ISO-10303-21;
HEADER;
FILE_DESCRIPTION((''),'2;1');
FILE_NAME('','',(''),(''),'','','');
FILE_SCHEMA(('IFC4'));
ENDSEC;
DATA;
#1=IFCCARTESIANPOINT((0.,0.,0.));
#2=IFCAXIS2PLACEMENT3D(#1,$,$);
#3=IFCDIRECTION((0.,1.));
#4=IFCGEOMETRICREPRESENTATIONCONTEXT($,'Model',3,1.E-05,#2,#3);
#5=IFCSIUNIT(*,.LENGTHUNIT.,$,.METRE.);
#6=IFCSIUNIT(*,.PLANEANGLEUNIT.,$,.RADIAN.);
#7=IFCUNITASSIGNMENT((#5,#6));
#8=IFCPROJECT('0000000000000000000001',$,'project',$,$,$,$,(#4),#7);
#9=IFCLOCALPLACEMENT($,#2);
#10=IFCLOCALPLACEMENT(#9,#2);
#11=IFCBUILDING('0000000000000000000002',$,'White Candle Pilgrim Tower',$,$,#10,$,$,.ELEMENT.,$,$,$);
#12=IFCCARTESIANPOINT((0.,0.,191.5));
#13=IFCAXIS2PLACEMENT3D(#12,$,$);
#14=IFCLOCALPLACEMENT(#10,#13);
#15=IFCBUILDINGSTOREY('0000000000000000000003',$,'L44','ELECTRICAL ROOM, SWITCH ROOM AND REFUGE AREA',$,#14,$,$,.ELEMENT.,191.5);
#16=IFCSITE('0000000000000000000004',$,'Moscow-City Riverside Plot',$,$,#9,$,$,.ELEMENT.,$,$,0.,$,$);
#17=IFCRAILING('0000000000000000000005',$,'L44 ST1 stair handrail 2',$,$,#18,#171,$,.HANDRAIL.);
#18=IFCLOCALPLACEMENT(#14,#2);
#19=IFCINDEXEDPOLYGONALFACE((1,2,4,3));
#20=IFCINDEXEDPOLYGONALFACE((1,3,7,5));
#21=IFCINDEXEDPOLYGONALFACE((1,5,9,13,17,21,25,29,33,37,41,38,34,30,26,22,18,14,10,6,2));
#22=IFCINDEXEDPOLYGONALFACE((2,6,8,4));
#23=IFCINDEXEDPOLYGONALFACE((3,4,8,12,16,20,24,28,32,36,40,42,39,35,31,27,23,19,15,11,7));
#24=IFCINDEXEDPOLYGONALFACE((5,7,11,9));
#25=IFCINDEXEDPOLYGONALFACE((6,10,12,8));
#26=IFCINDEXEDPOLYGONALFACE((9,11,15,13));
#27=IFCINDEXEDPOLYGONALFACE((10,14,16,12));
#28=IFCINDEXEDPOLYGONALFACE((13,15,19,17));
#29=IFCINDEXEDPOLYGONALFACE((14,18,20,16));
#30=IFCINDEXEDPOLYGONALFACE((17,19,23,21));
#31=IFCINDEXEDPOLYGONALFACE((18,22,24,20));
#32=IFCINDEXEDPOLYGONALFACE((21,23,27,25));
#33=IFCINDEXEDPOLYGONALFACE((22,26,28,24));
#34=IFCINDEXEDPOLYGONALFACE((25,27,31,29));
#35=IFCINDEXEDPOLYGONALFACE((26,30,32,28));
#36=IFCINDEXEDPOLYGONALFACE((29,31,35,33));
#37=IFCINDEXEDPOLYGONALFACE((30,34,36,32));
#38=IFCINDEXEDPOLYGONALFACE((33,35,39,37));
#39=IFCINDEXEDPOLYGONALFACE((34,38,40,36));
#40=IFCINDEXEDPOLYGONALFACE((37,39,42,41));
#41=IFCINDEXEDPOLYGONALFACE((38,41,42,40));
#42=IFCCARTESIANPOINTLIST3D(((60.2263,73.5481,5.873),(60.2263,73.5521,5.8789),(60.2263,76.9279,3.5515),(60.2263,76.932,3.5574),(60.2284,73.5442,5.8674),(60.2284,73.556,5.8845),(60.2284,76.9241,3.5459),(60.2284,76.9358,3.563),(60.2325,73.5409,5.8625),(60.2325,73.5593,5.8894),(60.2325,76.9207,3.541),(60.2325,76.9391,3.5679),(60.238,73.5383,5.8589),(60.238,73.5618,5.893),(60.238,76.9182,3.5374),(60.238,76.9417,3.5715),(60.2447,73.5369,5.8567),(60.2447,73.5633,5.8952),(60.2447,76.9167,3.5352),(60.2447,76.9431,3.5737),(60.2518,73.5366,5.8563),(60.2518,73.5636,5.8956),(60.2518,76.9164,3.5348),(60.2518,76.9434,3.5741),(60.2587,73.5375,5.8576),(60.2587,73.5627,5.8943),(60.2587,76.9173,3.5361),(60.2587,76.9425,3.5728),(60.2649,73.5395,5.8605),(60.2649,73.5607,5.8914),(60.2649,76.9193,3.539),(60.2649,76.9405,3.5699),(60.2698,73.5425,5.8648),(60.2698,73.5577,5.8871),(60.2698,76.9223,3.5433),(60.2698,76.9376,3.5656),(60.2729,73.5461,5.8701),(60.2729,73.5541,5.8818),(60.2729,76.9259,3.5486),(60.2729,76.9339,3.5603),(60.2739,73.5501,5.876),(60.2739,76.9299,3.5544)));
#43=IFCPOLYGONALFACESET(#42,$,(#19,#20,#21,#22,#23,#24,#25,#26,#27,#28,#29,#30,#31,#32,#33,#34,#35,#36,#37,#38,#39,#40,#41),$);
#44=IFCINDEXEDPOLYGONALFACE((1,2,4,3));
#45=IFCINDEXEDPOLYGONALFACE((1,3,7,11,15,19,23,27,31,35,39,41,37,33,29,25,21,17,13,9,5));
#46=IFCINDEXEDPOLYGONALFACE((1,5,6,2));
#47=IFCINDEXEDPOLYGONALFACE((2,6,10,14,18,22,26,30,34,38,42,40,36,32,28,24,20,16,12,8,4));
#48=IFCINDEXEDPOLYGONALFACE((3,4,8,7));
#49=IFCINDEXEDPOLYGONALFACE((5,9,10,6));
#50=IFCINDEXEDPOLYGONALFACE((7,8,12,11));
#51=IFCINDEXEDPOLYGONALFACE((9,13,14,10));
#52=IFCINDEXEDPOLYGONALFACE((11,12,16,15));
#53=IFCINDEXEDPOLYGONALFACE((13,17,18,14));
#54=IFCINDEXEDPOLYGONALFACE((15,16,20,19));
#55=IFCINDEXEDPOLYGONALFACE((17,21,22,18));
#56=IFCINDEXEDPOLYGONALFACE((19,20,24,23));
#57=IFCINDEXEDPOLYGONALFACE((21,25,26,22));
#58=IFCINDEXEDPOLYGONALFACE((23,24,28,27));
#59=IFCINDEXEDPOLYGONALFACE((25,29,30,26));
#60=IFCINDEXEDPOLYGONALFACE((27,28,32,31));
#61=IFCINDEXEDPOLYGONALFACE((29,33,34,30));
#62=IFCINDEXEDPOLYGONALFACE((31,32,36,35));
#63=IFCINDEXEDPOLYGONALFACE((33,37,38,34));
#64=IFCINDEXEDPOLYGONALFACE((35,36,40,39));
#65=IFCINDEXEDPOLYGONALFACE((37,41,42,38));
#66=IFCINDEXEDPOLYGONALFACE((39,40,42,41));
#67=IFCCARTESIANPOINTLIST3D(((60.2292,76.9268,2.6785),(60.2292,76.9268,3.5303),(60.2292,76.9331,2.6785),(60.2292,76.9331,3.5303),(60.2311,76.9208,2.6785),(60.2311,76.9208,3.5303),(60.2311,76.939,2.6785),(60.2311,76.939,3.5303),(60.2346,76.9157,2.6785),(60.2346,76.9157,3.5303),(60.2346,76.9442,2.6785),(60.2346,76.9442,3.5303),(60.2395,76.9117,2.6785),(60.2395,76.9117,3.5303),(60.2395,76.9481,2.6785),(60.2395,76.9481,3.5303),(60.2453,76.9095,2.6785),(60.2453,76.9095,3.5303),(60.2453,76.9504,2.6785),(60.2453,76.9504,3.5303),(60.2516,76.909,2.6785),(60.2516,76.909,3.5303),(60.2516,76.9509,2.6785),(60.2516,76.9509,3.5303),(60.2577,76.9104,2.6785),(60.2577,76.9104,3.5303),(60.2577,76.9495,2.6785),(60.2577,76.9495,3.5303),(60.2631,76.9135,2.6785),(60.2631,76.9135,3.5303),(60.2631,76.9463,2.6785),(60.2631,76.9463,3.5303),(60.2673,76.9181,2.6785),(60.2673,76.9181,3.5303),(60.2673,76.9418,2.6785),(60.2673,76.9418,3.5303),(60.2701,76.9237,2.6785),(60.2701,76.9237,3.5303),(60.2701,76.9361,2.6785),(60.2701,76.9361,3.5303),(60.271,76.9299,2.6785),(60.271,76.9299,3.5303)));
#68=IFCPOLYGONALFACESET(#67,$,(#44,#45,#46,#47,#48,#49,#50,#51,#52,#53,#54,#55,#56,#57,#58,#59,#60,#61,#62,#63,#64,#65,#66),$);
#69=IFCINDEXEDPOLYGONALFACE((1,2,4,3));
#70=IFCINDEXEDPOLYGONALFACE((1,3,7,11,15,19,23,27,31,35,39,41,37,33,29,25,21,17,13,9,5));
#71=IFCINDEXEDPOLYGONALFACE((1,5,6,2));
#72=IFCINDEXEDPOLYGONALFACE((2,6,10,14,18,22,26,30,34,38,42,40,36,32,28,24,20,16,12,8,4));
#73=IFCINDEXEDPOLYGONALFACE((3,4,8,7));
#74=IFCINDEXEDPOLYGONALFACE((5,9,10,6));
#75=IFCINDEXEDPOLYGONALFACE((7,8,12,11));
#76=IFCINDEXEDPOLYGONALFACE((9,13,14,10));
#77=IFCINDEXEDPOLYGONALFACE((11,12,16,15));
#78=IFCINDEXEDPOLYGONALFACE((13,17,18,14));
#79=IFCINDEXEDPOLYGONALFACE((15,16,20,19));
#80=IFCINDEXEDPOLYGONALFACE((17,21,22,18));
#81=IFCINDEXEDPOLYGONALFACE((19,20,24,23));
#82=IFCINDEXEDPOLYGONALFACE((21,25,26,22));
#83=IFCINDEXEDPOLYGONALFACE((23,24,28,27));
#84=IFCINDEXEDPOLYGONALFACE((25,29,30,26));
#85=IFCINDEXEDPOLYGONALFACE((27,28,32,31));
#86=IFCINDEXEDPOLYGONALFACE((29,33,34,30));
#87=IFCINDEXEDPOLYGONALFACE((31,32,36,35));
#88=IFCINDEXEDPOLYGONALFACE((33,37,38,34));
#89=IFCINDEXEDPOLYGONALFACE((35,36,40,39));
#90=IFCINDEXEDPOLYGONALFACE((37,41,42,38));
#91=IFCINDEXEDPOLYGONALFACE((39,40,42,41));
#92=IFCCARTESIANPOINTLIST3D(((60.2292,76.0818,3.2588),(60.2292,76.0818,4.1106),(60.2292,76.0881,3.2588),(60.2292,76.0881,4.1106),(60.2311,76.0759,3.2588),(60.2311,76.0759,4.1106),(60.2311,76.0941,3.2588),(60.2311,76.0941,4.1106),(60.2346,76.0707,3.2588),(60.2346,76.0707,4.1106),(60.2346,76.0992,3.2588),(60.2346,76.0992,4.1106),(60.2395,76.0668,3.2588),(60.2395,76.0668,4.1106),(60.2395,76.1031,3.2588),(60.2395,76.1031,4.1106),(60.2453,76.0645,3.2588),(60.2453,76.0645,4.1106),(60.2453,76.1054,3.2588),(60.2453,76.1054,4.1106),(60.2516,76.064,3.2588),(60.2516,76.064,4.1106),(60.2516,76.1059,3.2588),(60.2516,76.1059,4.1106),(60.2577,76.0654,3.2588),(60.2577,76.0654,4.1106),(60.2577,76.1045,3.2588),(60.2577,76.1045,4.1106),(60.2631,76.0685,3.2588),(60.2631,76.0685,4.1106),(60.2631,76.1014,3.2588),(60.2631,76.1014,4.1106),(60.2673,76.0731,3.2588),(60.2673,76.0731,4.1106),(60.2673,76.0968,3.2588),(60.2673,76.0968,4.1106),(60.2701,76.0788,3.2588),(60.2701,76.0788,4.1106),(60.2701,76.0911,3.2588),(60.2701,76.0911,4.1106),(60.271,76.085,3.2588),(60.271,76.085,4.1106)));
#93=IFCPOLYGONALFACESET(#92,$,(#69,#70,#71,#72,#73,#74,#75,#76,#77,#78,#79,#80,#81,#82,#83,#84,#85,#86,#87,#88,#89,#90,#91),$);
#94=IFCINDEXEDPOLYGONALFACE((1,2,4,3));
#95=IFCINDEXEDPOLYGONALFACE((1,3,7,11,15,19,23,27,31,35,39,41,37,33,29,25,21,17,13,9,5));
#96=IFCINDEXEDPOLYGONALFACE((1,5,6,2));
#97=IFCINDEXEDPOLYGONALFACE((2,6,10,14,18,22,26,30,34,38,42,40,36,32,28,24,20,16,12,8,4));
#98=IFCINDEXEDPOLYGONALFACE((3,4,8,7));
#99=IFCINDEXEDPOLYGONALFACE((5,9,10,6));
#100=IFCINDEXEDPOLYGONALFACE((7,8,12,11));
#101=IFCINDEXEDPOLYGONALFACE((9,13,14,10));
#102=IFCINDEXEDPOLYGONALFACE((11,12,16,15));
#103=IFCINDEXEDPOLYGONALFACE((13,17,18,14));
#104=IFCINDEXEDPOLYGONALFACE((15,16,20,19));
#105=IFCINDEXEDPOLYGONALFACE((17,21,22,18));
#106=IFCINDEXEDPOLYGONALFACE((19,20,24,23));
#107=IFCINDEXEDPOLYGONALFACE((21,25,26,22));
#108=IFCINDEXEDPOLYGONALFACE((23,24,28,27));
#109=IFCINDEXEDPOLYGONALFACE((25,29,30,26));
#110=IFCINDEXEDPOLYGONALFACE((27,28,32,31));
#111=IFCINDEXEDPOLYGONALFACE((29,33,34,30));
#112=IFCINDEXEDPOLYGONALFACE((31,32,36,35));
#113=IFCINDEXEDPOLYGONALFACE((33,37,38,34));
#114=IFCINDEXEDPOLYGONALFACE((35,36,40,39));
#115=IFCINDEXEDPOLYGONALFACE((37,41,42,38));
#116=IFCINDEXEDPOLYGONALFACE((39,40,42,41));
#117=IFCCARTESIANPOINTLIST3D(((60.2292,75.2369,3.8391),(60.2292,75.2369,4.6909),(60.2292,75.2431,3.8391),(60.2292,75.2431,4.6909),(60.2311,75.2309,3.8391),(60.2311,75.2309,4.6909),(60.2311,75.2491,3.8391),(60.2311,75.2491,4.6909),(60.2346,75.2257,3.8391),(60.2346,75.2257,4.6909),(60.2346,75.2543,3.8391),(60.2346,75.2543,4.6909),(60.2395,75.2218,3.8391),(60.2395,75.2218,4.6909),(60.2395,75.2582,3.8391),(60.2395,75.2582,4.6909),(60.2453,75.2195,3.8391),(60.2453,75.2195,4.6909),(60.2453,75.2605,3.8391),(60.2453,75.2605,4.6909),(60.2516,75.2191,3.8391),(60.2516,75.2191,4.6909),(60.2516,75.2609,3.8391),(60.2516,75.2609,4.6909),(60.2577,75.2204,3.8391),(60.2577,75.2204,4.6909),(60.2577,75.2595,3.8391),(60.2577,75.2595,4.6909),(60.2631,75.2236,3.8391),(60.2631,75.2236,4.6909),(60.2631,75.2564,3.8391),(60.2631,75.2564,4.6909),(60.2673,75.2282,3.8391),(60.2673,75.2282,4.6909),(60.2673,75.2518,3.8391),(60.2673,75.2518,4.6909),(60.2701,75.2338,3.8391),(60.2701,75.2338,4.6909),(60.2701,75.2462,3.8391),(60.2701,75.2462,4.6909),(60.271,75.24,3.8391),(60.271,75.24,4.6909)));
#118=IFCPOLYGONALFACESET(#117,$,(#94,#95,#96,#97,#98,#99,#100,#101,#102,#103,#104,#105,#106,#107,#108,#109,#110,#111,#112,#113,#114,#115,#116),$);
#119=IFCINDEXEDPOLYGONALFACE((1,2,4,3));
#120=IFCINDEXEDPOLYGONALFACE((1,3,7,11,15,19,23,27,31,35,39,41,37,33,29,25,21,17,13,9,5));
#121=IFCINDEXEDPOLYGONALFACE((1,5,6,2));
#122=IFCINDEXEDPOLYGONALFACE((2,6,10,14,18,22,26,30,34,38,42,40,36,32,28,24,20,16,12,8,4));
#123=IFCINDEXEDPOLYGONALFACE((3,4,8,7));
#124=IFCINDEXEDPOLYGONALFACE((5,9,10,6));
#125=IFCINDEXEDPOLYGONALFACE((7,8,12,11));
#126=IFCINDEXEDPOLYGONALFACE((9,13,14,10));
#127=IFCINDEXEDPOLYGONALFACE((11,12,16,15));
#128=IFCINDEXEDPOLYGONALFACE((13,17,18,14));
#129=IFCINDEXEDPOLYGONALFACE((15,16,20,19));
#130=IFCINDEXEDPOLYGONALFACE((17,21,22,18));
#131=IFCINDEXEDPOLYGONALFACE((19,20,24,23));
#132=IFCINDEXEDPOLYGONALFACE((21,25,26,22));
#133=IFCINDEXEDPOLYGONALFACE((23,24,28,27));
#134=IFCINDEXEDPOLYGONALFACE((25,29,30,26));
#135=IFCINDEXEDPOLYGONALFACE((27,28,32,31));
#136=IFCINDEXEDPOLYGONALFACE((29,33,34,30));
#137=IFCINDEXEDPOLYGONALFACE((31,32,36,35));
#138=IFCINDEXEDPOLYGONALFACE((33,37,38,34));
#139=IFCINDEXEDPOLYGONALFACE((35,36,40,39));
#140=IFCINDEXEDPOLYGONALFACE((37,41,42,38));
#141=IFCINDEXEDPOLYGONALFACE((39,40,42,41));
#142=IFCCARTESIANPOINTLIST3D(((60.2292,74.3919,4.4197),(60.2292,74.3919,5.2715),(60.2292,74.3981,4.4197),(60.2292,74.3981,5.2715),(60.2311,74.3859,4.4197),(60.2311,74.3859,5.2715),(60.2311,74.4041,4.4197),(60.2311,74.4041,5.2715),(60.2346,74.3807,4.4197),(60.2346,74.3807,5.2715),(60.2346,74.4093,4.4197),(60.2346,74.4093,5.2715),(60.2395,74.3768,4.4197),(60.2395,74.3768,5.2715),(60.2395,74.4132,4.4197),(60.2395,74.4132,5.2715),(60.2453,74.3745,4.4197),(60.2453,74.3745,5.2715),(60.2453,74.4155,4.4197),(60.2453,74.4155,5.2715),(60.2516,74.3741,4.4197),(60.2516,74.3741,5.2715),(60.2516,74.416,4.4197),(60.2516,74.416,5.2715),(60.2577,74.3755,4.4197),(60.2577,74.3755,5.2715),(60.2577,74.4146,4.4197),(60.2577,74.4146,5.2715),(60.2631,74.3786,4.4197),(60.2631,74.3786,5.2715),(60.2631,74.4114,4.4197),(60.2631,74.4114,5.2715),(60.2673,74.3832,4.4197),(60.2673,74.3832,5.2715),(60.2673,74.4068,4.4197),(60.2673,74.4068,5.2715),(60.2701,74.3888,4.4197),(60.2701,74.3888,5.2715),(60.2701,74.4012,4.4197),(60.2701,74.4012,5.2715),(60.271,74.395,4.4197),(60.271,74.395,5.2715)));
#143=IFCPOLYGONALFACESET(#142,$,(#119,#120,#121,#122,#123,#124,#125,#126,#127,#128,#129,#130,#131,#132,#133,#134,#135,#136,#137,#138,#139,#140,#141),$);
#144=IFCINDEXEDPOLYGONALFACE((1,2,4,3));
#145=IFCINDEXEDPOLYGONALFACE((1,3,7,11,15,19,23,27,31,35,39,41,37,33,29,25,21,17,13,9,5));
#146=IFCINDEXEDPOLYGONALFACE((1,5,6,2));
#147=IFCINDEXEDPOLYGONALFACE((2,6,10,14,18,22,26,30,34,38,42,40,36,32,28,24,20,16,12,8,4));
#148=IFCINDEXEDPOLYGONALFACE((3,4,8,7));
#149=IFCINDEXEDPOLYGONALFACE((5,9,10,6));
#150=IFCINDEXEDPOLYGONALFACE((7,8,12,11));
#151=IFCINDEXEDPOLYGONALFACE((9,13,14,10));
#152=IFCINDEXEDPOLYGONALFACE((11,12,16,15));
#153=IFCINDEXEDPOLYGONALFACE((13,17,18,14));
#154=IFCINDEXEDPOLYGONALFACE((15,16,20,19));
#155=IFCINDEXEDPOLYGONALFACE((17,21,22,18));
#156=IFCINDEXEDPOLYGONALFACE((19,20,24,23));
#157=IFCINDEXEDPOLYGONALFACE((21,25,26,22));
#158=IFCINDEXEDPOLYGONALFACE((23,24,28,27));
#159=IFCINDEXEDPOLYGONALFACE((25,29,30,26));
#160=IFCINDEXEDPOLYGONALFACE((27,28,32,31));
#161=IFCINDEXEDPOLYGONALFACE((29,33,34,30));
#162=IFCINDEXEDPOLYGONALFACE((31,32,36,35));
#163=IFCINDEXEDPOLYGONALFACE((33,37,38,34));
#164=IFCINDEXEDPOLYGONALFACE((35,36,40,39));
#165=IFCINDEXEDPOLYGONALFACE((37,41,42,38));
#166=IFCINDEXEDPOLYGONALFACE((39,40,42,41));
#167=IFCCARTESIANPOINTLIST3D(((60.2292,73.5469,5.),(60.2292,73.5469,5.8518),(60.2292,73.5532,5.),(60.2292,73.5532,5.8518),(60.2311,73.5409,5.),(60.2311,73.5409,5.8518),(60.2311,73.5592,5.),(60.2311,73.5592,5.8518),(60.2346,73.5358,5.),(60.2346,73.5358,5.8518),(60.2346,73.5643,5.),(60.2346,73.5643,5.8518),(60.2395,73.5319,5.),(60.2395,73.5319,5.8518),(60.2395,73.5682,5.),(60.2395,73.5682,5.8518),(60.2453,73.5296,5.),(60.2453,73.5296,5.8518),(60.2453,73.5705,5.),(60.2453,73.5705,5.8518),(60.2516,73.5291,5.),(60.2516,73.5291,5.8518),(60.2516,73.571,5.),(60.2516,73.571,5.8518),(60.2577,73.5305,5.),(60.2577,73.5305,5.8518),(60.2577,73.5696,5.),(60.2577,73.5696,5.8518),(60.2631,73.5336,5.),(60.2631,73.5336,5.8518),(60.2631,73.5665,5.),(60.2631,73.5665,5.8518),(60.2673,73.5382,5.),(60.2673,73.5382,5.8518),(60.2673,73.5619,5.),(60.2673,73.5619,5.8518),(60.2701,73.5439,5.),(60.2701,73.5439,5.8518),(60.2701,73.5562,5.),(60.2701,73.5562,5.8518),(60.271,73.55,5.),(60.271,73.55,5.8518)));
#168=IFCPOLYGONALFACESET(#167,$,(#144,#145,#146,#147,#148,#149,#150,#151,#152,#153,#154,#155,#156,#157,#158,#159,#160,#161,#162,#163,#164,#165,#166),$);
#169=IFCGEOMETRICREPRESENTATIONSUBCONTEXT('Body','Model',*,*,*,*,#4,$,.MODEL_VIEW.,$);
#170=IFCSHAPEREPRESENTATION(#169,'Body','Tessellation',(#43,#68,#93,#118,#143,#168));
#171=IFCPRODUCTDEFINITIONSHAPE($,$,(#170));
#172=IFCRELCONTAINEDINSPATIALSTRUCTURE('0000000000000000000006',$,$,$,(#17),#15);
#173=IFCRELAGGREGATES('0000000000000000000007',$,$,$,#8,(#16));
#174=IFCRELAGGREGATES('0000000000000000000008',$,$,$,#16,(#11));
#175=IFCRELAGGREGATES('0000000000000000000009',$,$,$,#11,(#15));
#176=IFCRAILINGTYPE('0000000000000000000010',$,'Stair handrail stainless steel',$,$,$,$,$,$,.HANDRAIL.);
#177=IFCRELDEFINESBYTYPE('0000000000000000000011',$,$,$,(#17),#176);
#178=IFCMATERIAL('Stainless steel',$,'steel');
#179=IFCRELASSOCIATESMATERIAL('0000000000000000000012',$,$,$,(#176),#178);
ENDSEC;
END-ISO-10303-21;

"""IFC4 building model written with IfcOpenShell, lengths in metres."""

from ifc_helpers import new_model, si_unit, direction, frame, origin, origin_2d, place, context, subcontext, project, spatial, circle, extrude, material, type_object, element, save


model = new_model("IFC4")

# Units and contexts
model_context = context("Model", 3, precision=1e-05, world=origin(), true_north=direction((0.0, 1.0)))
body_context = subcontext(model_context, "Body", "Model", "MODEL_VIEW")
ifc_project = project(units=[si_unit("LENGTHUNIT", "METRE"), si_unit("PLANEANGLEUNIT", "RADIAN")], contexts=[model_context])

# Site, building, storey
site_placement = place(None, origin())
site = spatial("IfcSite", under=ifc_project, at=site_placement, Name="Moscow-City Riverside Plot", CompositionType="ELEMENT", RefElevation=0.0)
building_placement = place(site_placement, origin())
building = spatial("IfcBuilding", under=site, at=building_placement, Name="White Candle Pilgrim Tower", CompositionType="ELEMENT")
storey_placement = place(building_placement, frame((0.0, 0.0, 191.5)))
storey = spatial("IfcBuildingStorey", under=building, at=storey_placement, Name="L44", Description="ELECTRICAL ROOM, SWITCH ROOM AND REFUGE AREA", CompositionType="ELEMENT", Elevation=191.5)

# Shared definitions
ifc_material_1 = material(Name="Stainless steel", Category="steel")

# Railing
railing_type_1 = type_object("IfcRailingType", Name="Stair handrail stainless steel", PredefinedType="HANDRAIL", material=ifc_material_1)
railing_1_placement = place(storey_placement, frame((60.25, 76.9299, 2.6785)))
element("IfcRailing", 1, at=railing_1_placement, inside=storey, type_object=railing_type_1, Name="L44 ST1 stair handrail 2", PredefinedType="HANDRAIL", context=body_context, shape_type="SweptSolid", body=[
    extrude(circle(Radius=0.0239, at=origin_2d()), frame((0.0, 0.0, 0.876), z_axis=(0.0, -0.824285, 0.566175), x_axis=(1.0, 0.0, 0.0)), (0.0, 0.0, 1.0), 4.1003),
    extrude(circle(Radius=0.021, at=origin_2d()), origin(), (0.0, 0.0, 1.0), 0.8518),
    extrude(circle(Radius=0.021, at=origin_2d()), frame((0.0, -0.845, 0.5803)), (0.0, 0.0, 1.0), 0.8518),
    extrude(circle(Radius=0.021, at=origin_2d()), frame((0.0, -1.6899, 1.1606)), (0.0, 0.0, 1.0), 0.8518),
    extrude(circle(Radius=0.021, at=origin_2d()), frame((0.0, -2.5349, 1.7412)), (0.0, 0.0, 1.0), 0.8518),
    extrude(circle(Radius=0.021, at=origin_2d()), frame((0.0, -3.3799, 2.3215)), (0.0, 0.0, 1.0), 0.8518),
])

save(model, "model.ifc")
